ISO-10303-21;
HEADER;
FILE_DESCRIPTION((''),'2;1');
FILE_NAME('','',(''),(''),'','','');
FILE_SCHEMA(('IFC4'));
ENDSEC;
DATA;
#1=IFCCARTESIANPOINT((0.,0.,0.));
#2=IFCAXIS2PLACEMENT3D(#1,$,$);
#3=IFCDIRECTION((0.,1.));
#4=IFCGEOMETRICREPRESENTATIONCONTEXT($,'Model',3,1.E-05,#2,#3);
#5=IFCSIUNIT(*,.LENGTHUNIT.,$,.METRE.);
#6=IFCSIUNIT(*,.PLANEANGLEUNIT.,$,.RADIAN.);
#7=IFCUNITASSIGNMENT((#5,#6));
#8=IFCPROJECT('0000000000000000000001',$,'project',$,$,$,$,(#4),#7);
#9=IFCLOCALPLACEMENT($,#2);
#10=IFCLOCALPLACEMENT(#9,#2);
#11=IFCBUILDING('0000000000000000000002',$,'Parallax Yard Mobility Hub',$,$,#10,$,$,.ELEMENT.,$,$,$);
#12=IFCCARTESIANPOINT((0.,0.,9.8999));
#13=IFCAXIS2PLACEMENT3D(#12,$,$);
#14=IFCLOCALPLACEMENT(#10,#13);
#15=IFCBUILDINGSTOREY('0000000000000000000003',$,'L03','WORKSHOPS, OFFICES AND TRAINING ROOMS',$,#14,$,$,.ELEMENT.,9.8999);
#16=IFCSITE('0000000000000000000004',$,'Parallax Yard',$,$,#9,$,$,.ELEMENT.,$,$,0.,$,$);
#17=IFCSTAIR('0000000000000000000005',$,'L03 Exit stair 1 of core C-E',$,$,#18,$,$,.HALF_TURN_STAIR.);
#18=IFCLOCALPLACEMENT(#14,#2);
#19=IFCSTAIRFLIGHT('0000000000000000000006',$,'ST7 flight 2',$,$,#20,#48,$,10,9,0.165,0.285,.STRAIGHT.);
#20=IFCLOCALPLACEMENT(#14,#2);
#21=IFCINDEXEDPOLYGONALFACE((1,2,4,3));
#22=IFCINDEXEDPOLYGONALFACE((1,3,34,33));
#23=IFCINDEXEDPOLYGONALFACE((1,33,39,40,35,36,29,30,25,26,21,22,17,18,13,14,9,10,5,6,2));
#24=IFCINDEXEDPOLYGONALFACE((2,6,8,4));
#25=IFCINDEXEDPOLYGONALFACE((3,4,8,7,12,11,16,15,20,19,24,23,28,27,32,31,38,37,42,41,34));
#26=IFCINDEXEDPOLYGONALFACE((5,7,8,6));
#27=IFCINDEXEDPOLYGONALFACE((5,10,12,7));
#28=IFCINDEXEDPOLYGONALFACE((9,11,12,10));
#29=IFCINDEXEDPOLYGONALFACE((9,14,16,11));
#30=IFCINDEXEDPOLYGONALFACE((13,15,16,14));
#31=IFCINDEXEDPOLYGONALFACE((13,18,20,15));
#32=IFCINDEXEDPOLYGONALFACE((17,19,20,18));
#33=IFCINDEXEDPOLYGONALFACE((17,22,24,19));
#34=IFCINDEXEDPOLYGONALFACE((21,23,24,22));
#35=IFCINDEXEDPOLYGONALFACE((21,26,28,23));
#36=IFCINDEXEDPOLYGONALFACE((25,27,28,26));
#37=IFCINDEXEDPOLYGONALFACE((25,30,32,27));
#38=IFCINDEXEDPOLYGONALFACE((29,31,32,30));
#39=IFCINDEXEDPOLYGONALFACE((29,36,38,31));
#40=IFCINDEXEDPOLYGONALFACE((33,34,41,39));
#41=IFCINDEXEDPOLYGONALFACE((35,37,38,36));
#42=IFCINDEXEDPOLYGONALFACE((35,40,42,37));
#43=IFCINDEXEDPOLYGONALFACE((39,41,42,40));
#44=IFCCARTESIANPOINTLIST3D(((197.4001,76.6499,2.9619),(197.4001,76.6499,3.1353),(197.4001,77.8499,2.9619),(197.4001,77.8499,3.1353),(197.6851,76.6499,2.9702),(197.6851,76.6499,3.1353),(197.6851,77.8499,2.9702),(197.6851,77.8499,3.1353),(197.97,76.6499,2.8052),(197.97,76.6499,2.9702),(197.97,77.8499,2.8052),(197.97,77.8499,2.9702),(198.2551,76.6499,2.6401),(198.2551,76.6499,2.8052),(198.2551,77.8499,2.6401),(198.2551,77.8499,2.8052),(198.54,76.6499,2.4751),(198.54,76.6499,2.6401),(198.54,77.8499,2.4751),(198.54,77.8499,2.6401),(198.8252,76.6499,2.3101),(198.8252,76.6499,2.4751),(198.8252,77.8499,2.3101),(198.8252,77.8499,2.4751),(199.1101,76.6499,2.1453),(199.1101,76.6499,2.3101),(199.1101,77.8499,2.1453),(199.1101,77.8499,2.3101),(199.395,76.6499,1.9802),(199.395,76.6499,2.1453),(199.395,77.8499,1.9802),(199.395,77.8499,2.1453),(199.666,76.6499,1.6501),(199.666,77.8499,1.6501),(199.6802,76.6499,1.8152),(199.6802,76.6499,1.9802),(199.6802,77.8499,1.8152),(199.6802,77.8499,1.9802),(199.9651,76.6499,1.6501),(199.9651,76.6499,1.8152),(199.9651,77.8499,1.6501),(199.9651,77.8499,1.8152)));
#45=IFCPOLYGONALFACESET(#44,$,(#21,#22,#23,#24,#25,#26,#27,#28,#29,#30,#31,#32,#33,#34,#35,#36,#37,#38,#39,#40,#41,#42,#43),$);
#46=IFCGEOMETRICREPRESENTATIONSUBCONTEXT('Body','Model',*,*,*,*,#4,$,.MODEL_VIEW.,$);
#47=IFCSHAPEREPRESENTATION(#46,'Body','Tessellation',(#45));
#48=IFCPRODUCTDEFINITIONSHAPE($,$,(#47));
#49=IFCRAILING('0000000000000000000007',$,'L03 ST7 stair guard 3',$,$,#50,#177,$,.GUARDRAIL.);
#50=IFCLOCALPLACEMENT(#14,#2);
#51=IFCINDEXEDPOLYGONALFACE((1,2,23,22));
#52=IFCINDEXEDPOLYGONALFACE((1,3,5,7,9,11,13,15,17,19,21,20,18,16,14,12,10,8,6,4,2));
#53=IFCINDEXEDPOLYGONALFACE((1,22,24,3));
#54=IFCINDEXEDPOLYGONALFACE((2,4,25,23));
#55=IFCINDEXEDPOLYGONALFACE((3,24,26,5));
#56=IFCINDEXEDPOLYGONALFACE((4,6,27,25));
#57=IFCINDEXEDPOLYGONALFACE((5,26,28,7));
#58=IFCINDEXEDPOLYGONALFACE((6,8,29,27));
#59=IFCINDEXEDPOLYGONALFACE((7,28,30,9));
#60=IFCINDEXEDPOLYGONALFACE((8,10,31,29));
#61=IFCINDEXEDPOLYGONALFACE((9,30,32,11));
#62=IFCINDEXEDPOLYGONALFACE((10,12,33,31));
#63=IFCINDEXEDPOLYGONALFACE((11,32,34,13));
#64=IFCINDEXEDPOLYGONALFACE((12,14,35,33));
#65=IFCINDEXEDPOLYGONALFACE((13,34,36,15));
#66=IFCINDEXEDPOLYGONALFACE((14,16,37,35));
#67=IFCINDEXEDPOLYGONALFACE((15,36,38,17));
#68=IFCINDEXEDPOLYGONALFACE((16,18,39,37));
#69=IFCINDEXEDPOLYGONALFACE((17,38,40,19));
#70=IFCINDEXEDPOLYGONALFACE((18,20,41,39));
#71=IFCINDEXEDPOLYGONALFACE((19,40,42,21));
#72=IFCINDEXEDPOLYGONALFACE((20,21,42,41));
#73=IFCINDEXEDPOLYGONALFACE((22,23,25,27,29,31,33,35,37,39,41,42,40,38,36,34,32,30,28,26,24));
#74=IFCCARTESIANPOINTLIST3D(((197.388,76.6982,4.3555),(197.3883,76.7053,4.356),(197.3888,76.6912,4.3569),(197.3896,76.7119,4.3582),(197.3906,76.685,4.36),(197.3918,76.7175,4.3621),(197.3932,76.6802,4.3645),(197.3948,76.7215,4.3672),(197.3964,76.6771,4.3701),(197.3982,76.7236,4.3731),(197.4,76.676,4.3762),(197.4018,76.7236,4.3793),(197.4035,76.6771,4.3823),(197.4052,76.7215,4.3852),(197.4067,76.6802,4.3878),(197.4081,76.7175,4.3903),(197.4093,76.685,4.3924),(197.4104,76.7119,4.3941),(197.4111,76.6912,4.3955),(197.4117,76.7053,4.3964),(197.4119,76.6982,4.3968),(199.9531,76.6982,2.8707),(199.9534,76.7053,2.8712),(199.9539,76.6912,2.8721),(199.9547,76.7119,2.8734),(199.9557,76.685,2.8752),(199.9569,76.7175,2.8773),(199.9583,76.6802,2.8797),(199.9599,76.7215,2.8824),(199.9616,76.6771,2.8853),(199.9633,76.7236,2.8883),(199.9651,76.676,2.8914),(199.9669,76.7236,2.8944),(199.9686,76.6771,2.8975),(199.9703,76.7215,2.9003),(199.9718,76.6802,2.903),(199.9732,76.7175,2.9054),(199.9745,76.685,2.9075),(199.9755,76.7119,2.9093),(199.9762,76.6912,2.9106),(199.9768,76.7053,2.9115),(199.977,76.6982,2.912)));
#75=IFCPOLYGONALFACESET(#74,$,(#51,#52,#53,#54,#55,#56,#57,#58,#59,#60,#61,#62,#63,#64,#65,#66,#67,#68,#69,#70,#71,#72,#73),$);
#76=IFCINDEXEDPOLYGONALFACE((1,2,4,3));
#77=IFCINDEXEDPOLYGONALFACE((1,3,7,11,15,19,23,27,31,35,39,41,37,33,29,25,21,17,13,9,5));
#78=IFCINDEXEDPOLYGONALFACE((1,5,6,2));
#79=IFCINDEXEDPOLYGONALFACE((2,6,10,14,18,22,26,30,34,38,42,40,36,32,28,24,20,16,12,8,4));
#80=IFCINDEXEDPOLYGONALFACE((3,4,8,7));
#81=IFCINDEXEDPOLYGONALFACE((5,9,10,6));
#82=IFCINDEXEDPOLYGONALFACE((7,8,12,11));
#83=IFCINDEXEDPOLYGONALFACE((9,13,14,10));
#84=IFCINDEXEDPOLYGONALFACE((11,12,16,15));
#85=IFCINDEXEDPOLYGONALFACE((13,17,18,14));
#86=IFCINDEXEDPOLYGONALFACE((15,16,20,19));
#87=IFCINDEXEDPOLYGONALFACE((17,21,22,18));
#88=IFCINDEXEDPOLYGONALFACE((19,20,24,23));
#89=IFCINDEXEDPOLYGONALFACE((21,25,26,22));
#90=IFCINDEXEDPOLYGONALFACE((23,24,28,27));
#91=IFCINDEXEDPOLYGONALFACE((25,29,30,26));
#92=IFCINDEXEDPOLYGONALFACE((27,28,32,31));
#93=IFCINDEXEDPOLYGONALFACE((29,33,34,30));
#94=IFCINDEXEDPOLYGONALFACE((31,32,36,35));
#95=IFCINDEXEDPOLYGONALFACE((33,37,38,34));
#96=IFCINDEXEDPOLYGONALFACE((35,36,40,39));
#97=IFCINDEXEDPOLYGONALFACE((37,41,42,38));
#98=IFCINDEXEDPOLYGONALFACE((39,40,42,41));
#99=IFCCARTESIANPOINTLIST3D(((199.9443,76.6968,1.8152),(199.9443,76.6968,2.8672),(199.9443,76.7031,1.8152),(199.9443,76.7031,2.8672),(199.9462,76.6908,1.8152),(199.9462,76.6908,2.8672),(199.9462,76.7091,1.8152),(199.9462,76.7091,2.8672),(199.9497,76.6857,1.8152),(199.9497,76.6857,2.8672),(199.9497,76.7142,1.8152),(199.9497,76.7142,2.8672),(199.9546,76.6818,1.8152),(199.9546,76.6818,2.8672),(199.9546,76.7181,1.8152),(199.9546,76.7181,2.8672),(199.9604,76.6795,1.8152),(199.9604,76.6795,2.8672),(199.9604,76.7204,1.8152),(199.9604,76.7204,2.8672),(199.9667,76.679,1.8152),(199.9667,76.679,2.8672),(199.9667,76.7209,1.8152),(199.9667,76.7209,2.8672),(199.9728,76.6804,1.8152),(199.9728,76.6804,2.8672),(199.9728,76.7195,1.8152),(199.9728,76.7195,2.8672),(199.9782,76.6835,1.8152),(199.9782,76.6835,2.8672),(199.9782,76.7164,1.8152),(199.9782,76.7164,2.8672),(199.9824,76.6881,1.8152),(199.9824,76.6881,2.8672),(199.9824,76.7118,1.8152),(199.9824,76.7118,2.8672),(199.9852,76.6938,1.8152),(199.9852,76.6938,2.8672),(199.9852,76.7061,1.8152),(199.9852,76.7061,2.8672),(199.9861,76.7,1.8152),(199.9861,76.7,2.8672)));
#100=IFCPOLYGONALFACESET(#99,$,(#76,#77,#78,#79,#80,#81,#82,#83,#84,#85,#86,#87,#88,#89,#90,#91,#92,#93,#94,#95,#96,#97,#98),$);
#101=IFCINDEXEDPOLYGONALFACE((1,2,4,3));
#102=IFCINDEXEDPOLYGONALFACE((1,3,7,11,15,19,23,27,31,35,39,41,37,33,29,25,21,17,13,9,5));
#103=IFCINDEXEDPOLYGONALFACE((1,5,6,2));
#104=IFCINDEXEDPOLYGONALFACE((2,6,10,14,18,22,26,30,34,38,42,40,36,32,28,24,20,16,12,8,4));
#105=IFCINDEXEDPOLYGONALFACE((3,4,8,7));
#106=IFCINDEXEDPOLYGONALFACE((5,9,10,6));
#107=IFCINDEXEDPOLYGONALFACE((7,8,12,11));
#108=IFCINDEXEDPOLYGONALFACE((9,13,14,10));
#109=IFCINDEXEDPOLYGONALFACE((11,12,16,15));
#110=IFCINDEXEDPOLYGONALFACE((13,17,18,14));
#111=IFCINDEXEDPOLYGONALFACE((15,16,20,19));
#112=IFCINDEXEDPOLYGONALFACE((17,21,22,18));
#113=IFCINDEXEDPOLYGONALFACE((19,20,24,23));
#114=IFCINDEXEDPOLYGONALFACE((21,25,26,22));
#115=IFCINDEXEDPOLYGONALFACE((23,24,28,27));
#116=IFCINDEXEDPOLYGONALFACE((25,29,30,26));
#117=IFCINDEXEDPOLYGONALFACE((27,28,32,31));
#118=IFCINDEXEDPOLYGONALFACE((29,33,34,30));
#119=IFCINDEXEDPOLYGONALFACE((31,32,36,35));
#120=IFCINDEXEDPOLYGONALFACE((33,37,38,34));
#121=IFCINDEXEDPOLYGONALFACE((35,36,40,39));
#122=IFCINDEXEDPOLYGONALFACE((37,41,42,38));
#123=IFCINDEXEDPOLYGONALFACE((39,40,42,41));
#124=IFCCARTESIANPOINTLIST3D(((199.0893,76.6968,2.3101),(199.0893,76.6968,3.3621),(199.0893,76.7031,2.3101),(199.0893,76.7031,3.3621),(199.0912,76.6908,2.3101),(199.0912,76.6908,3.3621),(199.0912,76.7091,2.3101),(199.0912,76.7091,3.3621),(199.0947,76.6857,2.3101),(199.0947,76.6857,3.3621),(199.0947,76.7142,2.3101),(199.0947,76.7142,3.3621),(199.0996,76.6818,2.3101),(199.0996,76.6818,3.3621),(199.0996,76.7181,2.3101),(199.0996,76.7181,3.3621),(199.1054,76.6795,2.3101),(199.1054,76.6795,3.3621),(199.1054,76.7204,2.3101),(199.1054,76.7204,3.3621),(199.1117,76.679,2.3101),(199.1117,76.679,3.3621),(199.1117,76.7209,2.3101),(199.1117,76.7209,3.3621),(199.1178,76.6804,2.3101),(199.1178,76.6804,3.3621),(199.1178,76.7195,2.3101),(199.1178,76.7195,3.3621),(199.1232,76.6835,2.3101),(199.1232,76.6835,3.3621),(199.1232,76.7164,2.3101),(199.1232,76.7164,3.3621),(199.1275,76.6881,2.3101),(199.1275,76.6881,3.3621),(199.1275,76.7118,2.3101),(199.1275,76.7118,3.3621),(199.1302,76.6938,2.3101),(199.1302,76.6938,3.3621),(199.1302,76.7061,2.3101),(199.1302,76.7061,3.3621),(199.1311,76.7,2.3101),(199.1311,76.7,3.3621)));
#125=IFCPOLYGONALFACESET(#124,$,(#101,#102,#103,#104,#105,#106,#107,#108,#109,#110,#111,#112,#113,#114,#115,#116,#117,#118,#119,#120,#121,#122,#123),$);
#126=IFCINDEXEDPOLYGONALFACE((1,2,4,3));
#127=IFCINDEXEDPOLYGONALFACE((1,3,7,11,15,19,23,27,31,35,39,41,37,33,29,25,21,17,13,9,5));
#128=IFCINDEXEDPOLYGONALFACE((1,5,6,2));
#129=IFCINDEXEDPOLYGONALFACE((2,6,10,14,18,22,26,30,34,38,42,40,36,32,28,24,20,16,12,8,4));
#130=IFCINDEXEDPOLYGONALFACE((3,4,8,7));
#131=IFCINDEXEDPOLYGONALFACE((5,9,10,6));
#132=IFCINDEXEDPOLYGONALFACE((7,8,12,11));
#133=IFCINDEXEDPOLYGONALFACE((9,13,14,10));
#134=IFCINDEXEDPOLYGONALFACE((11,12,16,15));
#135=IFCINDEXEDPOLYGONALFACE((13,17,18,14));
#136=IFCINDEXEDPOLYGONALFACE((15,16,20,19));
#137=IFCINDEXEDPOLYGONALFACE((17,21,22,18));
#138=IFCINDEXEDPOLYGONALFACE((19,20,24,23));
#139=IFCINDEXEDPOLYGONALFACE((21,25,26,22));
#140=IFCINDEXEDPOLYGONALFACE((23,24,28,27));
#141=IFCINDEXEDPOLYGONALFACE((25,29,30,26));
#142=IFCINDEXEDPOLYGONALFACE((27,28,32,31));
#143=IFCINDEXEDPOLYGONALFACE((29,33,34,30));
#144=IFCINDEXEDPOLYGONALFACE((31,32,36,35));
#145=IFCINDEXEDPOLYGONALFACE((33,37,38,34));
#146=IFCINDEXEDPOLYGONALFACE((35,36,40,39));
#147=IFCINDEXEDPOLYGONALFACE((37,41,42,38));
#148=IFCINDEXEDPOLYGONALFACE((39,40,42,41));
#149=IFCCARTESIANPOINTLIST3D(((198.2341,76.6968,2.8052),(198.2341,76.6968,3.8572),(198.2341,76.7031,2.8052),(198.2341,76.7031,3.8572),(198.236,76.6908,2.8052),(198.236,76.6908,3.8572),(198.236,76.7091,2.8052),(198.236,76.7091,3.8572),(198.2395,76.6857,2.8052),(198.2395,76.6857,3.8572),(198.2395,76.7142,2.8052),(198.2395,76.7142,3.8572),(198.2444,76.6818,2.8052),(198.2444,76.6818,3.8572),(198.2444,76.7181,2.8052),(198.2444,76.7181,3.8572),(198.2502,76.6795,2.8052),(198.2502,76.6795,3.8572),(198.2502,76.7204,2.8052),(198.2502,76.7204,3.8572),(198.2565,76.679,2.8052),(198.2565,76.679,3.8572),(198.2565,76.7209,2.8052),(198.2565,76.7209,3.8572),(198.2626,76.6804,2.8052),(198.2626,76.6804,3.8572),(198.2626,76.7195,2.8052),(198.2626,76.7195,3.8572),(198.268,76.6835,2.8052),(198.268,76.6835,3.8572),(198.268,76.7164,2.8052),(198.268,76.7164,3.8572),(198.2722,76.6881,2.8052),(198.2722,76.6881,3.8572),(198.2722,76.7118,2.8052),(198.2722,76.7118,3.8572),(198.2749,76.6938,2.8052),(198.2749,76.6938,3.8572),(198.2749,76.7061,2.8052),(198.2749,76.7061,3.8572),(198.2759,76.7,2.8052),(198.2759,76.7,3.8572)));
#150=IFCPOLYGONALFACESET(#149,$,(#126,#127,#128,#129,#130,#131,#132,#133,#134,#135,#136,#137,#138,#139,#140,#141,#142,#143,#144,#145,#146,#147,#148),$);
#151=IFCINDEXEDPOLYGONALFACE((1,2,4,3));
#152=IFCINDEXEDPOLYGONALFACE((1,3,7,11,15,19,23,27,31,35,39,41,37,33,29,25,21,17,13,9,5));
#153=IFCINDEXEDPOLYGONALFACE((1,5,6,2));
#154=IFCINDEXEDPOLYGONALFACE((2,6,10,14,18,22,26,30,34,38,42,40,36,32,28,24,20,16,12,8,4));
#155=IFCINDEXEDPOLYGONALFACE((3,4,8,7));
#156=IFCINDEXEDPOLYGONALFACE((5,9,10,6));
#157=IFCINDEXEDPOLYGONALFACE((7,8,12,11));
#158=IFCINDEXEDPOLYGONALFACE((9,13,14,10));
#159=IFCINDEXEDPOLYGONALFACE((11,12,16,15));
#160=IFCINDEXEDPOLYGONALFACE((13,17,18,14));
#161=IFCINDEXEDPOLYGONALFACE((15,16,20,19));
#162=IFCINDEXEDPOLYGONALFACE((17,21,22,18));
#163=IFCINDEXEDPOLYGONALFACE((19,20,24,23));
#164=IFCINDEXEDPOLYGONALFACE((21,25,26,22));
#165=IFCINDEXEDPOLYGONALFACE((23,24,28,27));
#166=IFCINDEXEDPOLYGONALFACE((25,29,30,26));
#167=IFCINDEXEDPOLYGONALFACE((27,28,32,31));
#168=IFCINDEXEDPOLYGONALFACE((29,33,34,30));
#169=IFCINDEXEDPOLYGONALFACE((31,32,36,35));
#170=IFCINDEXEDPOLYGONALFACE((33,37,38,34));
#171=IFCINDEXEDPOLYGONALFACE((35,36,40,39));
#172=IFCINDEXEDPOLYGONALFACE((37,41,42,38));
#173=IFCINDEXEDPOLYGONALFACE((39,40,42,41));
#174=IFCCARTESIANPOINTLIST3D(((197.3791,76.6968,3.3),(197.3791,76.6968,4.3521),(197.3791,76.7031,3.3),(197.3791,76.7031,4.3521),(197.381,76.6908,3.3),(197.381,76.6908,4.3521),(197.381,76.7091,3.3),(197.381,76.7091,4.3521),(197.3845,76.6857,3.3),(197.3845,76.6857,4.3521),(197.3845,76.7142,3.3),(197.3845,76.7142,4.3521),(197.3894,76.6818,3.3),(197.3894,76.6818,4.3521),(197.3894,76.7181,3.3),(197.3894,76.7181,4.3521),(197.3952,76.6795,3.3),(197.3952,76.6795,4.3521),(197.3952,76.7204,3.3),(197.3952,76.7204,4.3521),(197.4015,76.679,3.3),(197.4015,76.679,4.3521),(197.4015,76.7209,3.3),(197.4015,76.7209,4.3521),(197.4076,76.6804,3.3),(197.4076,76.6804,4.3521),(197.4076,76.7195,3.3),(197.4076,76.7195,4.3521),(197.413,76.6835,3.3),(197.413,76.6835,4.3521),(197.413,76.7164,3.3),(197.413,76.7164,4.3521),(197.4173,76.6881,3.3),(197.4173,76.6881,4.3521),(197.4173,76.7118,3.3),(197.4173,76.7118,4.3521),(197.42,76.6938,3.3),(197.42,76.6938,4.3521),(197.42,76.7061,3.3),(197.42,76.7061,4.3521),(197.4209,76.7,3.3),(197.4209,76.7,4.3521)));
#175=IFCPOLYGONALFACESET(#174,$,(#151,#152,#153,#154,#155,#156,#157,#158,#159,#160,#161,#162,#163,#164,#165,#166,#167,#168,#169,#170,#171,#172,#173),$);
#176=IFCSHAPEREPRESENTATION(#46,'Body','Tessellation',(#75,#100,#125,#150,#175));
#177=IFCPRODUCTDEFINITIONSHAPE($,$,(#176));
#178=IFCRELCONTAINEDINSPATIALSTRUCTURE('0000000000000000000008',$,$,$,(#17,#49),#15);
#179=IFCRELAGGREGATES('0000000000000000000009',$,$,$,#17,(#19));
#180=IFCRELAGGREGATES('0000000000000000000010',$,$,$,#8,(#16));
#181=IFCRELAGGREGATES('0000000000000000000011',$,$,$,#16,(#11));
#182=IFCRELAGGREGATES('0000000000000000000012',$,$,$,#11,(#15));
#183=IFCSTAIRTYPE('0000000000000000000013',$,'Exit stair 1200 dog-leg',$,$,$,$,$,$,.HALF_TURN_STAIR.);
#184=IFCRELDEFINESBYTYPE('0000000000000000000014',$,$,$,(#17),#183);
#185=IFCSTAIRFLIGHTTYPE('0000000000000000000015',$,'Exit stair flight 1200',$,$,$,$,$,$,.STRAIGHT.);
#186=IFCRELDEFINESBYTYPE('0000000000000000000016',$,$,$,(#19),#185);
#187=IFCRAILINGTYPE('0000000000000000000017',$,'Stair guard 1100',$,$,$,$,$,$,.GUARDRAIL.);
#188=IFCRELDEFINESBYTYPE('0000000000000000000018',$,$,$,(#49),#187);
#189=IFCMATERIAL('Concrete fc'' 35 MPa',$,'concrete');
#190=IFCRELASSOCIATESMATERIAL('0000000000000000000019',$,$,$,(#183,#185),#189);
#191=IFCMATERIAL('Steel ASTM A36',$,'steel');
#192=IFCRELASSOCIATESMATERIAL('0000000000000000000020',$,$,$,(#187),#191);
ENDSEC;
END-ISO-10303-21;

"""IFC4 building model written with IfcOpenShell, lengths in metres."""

from ifc_helpers import new_model, si_unit, direction, frame, origin, origin_2d, place, context, subcontext, project, spatial, polyline, circle, outline, extrude, material, type_object, element, aggregate, save


model = new_model("IFC4")

# Units and contexts
model_context = context("Model", 3, precision=1e-05, world=origin(), true_north=direction((0.0, 1.0)))
body_context = subcontext(model_context, "Body", "Model", "MODEL_VIEW")
ifc_project = project(units=[si_unit("LENGTHUNIT", "METRE"), si_unit("PLANEANGLEUNIT", "RADIAN")], contexts=[model_context])

# Site, building, storey
site_placement = place(None, origin())
site = spatial("IfcSite", under=ifc_project, at=site_placement, Name="Parallax Yard", CompositionType="ELEMENT", RefElevation=0.0)
building_placement = place(site_placement, origin())
building = spatial("IfcBuilding", under=site, at=building_placement, Name="Parallax Yard Mobility Hub", CompositionType="ELEMENT")
storey_placement = place(building_placement, frame((0.0, 0.0, 9.8999)))
storey = spatial("IfcBuildingStorey", under=building, at=storey_placement, Name="L03", Description="WORKSHOPS, OFFICES AND TRAINING ROOMS", CompositionType="ELEMENT", Elevation=9.8999)

# Shared definitions
ifc_material_1 = material(Name="Concrete fc' 35 MPa", Category="concrete")

# Stair, stair flight
stair_type = type_object("IfcStairType", Name="Exit stair 1200 dog-leg", PredefinedType="HALF_TURN_STAIR", material=ifc_material_1)
stair_placement = place(storey_placement, origin())
stair = element("IfcStair", 1, at=stair_placement, inside=storey, type_object=stair_type, Name="L03 Exit stair 1 of core C-E", PredefinedType="HALF_TURN_STAIR")
stair_flight_type = type_object("IfcStairFlightType", Name="Exit stair flight 1200", PredefinedType="STRAIGHT", material=ifc_material_1)
stair_flight_placement = place(storey_placement, frame((199.9651, 77.25, 1.6501), z_axis=(0.0, 0.0, 1.0), x_axis=(-1.0, 0.0, 0.0)))
stair_flight = element("IfcStairFlight", 2, at=stair_flight_placement, type_object=stair_flight_type, Name="ST7 flight 2", NumberOfRisers=10, NumberOfTreads=9, PredefinedType="STRAIGHT", RiserHeight=0.165, TreadLength=0.285, context=body_context, shape_type="SweptSolid", body=[
    extrude(outline(polyline([(0.0, 0.0), (0.0, 0.165), (0.2849, 0.165), (0.2849, 0.3301), (0.5701, 0.3301), (0.5701, 0.4951), (0.855, 0.4951), (0.855, 0.6599), (1.1399, 0.6599), (1.1399, 0.825), (1.425, 0.825), (1.425, 0.99), (1.71, 0.99), (1.71, 1.155), (1.9951, 1.155), (1.9951, 1.3201), (2.28, 1.3201), (2.28, 1.4851), (2.5649, 1.4851), (2.5649, 1.6499), (2.5649, 1.3118), (0.2991, 0.0), (0.0, 0.0)])), frame((0.0, 0.6001, 0.0), z_axis=(0.0, -1.0, 0.0), x_axis=(1.0, 0.0, 0.0)), (0.0, 0.0, 1.0), 1.2),
])
aggregate(stair, [stair_flight])

# Railing
ifc_material_2 = material(Name="Steel ASTM A36", Category="steel")
railing_type_1 = type_object("IfcRailingType", Name="Stair guard 1100", PredefinedType="GUARDRAIL", material=ifc_material_2)
railing_1_placement = place(storey_placement, frame((199.9651, 76.7, 1.8152)))
element("IfcRailing", 3, at=railing_1_placement, inside=storey, type_object=railing_type_1, Name="L03 ST7 stair guard 3", PredefinedType="GUARDRAIL", context=body_context, shape_type="SweptSolid", body=[
    extrude(circle(Radius=0.0239, at=origin_2d()), frame((0.0, 0.0, 1.0762), z_axis=(-0.865462, 0.0, 0.500975), x_axis=(0.0, -1.0, 0.0)), (0.0, 0.0, 1.0), 2.9639),
    extrude(circle(Radius=0.021, at=origin_2d()), origin(), (0.0, 0.0, 1.0), 1.052),
    extrude(circle(Radius=0.021, at=origin_2d()), frame((-0.855, 0.0, 0.4949)), (0.0, 0.0, 1.0), 1.052),
    extrude(circle(Radius=0.021, at=origin_2d()), frame((-1.7102, 0.0, 0.99)), (0.0, 0.0, 1.0), 1.052),
    extrude(circle(Radius=0.021, at=origin_2d()), frame((-2.5652, 0.0, 1.4849)), (0.0, 0.0, 1.0), 1.052),
])

save(model, "model.ifc")
